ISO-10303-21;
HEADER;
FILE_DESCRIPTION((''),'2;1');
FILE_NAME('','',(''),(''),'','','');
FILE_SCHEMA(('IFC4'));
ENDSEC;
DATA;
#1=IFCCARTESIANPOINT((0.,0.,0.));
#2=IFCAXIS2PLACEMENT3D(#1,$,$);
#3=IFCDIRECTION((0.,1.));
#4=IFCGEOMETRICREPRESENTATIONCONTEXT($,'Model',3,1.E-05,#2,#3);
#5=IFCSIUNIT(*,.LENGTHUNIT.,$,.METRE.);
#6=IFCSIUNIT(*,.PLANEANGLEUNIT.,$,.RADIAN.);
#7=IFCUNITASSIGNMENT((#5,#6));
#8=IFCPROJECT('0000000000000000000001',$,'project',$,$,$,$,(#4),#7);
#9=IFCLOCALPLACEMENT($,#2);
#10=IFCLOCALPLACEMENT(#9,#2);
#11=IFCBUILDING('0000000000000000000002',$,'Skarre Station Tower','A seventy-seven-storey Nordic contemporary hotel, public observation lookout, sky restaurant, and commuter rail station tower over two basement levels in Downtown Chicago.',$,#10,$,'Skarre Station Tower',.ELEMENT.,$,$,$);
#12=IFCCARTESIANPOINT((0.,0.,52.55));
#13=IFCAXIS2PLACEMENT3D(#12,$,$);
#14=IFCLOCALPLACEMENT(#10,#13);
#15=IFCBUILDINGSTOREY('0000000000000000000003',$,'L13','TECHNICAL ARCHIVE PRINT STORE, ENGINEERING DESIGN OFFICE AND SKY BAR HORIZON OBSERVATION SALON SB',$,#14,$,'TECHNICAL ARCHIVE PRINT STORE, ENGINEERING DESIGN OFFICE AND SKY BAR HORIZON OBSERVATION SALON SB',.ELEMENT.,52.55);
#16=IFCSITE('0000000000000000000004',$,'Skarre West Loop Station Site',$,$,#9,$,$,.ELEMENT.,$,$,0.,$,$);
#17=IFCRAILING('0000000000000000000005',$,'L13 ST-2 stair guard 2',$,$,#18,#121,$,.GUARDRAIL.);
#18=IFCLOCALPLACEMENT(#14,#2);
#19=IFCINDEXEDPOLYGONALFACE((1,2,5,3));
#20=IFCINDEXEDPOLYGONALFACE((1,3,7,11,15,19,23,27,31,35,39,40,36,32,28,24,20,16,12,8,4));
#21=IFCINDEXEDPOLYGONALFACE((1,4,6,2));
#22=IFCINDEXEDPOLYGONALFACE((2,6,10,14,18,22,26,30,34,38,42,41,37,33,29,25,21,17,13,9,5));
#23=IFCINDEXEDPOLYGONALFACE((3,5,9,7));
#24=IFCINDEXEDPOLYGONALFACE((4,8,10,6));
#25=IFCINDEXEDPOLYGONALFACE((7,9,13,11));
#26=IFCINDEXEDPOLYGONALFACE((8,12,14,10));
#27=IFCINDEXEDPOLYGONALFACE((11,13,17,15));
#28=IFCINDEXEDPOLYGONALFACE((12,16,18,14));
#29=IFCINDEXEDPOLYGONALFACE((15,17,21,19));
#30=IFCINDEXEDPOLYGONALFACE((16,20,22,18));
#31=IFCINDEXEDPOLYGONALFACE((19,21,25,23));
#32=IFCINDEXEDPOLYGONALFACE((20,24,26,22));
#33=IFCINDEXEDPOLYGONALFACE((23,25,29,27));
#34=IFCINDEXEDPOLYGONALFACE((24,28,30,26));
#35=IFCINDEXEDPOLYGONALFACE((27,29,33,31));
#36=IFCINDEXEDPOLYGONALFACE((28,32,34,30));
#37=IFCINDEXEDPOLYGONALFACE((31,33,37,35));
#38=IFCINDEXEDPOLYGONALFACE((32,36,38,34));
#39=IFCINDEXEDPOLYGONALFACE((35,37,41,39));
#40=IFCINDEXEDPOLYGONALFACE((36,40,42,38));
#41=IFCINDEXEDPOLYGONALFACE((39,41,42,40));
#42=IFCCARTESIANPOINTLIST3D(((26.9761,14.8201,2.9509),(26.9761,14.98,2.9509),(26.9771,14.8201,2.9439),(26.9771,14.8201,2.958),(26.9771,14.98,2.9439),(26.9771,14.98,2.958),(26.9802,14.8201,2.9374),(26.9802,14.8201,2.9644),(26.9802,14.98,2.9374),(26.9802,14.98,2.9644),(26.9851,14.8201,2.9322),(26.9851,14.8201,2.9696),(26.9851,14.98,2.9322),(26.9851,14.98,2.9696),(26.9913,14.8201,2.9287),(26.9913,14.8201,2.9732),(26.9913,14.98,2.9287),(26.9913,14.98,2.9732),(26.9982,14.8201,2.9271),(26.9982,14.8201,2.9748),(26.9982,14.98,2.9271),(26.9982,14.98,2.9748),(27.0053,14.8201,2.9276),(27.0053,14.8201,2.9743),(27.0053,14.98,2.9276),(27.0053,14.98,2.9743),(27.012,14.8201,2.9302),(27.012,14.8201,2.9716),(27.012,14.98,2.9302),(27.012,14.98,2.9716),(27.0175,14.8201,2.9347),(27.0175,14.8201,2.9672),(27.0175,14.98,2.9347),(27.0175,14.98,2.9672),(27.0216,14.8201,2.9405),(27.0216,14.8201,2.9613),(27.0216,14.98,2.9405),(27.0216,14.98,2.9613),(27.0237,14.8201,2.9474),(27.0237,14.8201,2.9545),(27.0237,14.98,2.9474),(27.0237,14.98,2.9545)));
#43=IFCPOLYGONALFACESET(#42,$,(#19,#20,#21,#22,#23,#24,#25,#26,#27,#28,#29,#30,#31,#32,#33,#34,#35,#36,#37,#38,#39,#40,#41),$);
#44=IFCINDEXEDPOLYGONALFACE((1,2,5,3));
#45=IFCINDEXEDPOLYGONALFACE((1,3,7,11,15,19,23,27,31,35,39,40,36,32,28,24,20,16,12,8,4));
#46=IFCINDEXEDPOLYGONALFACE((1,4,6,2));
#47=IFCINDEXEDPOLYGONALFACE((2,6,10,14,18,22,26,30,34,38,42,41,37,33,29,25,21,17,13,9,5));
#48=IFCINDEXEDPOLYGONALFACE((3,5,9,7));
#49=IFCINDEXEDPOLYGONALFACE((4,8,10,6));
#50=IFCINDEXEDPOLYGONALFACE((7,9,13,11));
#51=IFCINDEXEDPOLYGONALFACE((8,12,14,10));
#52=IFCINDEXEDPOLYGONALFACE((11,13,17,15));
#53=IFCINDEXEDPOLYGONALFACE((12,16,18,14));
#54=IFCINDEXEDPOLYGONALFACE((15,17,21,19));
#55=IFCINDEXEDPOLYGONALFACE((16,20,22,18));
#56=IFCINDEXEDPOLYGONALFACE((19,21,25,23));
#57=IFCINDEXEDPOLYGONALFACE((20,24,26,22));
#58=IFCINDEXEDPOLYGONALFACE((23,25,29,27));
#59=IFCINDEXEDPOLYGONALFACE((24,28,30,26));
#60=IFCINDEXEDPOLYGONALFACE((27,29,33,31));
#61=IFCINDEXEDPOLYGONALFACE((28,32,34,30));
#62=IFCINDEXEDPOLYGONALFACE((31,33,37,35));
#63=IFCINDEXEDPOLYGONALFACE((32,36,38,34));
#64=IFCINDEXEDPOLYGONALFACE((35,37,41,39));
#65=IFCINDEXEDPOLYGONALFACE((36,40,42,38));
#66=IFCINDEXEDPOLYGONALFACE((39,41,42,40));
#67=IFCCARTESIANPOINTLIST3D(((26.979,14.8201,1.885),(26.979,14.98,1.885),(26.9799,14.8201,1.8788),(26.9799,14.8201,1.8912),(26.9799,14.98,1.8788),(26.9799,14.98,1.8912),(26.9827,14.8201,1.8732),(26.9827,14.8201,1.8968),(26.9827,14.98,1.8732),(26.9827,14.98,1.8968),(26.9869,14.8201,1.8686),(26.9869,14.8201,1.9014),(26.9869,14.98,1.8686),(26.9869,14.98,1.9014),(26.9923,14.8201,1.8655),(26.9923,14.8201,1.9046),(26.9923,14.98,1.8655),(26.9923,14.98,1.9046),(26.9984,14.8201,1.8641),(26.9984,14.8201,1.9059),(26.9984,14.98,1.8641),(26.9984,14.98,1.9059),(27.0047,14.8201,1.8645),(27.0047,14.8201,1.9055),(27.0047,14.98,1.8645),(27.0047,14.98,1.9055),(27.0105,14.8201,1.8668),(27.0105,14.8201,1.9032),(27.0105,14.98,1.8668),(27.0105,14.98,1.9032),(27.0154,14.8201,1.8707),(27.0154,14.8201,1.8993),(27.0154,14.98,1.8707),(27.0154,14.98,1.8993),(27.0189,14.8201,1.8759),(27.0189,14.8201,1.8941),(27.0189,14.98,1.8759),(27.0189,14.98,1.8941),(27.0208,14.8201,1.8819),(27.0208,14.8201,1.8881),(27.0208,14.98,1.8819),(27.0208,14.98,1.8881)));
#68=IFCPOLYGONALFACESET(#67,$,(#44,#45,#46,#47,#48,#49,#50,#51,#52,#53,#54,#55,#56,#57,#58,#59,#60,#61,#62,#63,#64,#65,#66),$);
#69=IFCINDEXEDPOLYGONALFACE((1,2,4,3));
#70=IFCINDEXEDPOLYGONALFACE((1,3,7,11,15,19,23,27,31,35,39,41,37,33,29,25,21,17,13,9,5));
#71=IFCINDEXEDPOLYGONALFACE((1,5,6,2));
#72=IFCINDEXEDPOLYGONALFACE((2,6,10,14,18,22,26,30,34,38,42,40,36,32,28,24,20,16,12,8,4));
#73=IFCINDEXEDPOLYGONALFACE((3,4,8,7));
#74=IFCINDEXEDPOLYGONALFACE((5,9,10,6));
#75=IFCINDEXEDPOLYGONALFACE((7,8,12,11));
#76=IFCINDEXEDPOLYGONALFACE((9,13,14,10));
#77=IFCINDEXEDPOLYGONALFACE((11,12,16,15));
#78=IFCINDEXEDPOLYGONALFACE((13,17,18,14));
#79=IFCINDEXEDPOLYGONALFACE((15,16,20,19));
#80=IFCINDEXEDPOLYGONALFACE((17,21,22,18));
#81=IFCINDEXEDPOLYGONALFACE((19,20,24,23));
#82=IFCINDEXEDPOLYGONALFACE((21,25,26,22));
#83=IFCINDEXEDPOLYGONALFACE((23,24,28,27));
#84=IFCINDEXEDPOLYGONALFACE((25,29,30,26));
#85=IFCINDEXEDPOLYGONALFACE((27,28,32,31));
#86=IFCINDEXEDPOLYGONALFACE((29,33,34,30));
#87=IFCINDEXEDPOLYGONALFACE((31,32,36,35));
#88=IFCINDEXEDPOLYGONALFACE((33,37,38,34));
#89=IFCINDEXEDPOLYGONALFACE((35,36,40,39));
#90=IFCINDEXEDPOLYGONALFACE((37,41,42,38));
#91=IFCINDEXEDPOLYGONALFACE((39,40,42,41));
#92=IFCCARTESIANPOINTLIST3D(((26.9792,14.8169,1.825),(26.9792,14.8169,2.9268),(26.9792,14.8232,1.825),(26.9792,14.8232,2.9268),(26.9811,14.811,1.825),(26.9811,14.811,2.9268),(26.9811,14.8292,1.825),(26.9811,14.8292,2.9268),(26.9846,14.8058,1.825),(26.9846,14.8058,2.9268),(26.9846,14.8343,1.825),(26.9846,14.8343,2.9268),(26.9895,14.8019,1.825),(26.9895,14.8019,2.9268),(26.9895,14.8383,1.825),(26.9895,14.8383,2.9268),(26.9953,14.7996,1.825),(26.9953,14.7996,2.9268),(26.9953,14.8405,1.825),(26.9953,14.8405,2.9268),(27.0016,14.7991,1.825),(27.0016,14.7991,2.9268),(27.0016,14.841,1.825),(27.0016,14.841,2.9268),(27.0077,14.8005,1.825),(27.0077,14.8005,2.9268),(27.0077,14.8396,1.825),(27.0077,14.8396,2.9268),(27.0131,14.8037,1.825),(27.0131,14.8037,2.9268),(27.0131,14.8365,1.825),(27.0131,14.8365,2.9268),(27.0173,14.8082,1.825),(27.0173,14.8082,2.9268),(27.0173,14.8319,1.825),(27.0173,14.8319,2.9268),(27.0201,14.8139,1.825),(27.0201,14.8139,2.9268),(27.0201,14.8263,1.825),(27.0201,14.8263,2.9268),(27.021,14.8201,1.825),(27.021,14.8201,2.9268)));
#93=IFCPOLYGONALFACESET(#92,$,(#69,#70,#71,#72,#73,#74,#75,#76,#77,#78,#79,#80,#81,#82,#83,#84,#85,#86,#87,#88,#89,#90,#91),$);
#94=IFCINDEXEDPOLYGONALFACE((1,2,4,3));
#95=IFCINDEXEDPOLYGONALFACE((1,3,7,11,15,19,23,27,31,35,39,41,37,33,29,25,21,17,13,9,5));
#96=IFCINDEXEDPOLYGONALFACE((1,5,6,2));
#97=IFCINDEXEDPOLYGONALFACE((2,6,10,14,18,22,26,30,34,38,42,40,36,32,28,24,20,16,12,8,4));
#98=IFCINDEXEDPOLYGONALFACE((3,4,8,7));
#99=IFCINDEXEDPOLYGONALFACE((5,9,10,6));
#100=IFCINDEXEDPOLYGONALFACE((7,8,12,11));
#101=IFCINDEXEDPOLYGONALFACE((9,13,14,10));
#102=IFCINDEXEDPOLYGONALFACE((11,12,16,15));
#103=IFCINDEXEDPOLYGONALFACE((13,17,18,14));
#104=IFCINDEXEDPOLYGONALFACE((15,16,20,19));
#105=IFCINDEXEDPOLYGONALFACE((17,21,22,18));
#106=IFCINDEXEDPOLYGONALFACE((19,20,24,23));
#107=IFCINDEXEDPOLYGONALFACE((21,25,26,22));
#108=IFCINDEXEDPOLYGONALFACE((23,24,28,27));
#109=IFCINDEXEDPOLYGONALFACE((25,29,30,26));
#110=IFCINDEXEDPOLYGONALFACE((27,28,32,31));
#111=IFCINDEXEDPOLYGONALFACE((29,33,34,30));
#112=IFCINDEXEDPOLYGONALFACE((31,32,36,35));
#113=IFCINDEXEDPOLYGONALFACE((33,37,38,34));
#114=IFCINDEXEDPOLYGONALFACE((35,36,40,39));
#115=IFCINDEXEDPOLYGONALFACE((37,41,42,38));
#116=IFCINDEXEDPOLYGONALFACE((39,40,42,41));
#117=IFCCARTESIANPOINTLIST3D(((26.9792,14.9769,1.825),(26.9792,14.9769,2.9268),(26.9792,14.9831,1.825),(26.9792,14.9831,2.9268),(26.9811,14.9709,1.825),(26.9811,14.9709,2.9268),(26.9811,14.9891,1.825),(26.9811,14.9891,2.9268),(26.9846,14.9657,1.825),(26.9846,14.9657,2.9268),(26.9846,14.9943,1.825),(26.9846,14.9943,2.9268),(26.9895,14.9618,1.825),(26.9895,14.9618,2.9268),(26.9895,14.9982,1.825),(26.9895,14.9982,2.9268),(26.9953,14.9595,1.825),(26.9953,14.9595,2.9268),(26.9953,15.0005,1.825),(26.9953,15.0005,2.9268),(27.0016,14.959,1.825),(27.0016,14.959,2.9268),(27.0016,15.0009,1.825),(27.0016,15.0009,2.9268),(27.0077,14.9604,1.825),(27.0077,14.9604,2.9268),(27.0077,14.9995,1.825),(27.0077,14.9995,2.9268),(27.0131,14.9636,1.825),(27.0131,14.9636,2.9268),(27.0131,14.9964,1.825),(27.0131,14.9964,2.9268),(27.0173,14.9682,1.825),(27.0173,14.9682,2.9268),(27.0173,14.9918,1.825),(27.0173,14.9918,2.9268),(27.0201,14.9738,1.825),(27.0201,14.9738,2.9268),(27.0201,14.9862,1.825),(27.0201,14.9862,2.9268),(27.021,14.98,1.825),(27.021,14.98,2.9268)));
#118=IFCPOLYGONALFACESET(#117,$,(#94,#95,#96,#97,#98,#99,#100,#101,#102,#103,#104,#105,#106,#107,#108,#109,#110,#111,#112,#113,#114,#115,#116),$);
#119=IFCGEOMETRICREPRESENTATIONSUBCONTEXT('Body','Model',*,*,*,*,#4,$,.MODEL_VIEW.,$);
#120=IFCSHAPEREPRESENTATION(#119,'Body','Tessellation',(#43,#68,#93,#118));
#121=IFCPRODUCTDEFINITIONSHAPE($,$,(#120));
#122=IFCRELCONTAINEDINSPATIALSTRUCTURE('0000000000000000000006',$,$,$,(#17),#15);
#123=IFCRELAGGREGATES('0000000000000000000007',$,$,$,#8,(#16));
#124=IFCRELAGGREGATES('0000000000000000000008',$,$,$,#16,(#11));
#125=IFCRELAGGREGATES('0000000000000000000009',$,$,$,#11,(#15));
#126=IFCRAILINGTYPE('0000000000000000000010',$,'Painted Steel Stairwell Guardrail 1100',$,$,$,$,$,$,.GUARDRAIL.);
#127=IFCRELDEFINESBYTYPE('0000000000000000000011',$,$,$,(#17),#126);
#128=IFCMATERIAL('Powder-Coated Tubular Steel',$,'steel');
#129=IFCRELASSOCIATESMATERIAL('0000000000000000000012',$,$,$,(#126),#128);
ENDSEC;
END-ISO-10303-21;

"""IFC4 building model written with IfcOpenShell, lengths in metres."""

from ifc_helpers import new_model, si_unit, direction, frame, origin, origin_2d, place, context, subcontext, project, spatial, circle, extrude, material, type_object, element, save


model = new_model("IFC4")

# Units and contexts
model_context = context("Model", 3, precision=1e-05, world=origin(), true_north=direction((0.0, 1.0)))
body_context = subcontext(model_context, "Body", "Model", "MODEL_VIEW")
ifc_project = project(units=[si_unit("LENGTHUNIT", "METRE"), si_unit("PLANEANGLEUNIT", "RADIAN")], contexts=[model_context])

# Site, building, storey
site_placement = place(None, origin())
site = spatial("IfcSite", under=ifc_project, at=site_placement, Name="Skarre West Loop Station Site", CompositionType="ELEMENT", RefElevation=0.0)
building_placement = place(site_placement, origin())
building = spatial("IfcBuilding", under=site, at=building_placement, Name="Skarre Station Tower", Description="A seventy-seven-storey Nordic contemporary hotel, public observation lookout, sky restaurant, and commuter rail station tower over two basement levels in Downtown Chicago.", LongName="Skarre Station Tower", CompositionType="ELEMENT")
storey_placement = place(building_placement, frame((0.0, 0.0, 52.55)))
storey = spatial("IfcBuildingStorey", under=building, at=storey_placement, Name="L13", Description="TECHNICAL ARCHIVE PRINT STORE, ENGINEERING DESIGN OFFICE AND SKY BAR HORIZON OBSERVATION SALON SB", LongName="TECHNICAL ARCHIVE PRINT STORE, ENGINEERING DESIGN OFFICE AND SKY BAR HORIZON OBSERVATION SALON SB", CompositionType="ELEMENT", Elevation=52.55)

# Railing
ifc_material_1 = material(Name="Powder-Coated Tubular Steel", Category="steel")
railing_type_1 = type_object("IfcRailingType", Name="Painted Steel Stairwell Guardrail 1100", PredefinedType="GUARDRAIL", material=ifc_material_1)
railing_1_placement = place(storey_placement, frame((27.0, 14.8201, 1.825)))
element("IfcRailing", 1, at=railing_1_placement, inside=storey, type_object=railing_type_1, Name="L13 ST-2 stair guard 2", PredefinedType="GUARDRAIL", context=body_context, shape_type="SweptSolid", body=[
    extrude(circle(Radius=0.0239, at=origin_2d()), frame((0.0, 0.0, 1.126), z_axis=(0.0, 1.0, 0.0), x_axis=(-1.0, 0.0, 0.0)), (0.0, 0.0, 1.0), 0.1599),
    extrude(circle(Radius=0.021, at=origin_2d()), frame((0.0, 0.0, 0.0601), z_axis=(0.0, 1.0, 0.0), x_axis=(-1.0, 0.0, 0.0)), (0.0, 0.0, 1.0), 0.1599),
    extrude(circle(Radius=0.021, at=origin_2d()), origin(), (0.0, 0.0, 1.0), 1.1018),
    extrude(circle(Radius=0.021, at=origin_2d()), frame((0.0, 0.1599, 0.0)), (0.0, 0.0, 1.0), 1.1018),
])

save(model, "model.ifc")
